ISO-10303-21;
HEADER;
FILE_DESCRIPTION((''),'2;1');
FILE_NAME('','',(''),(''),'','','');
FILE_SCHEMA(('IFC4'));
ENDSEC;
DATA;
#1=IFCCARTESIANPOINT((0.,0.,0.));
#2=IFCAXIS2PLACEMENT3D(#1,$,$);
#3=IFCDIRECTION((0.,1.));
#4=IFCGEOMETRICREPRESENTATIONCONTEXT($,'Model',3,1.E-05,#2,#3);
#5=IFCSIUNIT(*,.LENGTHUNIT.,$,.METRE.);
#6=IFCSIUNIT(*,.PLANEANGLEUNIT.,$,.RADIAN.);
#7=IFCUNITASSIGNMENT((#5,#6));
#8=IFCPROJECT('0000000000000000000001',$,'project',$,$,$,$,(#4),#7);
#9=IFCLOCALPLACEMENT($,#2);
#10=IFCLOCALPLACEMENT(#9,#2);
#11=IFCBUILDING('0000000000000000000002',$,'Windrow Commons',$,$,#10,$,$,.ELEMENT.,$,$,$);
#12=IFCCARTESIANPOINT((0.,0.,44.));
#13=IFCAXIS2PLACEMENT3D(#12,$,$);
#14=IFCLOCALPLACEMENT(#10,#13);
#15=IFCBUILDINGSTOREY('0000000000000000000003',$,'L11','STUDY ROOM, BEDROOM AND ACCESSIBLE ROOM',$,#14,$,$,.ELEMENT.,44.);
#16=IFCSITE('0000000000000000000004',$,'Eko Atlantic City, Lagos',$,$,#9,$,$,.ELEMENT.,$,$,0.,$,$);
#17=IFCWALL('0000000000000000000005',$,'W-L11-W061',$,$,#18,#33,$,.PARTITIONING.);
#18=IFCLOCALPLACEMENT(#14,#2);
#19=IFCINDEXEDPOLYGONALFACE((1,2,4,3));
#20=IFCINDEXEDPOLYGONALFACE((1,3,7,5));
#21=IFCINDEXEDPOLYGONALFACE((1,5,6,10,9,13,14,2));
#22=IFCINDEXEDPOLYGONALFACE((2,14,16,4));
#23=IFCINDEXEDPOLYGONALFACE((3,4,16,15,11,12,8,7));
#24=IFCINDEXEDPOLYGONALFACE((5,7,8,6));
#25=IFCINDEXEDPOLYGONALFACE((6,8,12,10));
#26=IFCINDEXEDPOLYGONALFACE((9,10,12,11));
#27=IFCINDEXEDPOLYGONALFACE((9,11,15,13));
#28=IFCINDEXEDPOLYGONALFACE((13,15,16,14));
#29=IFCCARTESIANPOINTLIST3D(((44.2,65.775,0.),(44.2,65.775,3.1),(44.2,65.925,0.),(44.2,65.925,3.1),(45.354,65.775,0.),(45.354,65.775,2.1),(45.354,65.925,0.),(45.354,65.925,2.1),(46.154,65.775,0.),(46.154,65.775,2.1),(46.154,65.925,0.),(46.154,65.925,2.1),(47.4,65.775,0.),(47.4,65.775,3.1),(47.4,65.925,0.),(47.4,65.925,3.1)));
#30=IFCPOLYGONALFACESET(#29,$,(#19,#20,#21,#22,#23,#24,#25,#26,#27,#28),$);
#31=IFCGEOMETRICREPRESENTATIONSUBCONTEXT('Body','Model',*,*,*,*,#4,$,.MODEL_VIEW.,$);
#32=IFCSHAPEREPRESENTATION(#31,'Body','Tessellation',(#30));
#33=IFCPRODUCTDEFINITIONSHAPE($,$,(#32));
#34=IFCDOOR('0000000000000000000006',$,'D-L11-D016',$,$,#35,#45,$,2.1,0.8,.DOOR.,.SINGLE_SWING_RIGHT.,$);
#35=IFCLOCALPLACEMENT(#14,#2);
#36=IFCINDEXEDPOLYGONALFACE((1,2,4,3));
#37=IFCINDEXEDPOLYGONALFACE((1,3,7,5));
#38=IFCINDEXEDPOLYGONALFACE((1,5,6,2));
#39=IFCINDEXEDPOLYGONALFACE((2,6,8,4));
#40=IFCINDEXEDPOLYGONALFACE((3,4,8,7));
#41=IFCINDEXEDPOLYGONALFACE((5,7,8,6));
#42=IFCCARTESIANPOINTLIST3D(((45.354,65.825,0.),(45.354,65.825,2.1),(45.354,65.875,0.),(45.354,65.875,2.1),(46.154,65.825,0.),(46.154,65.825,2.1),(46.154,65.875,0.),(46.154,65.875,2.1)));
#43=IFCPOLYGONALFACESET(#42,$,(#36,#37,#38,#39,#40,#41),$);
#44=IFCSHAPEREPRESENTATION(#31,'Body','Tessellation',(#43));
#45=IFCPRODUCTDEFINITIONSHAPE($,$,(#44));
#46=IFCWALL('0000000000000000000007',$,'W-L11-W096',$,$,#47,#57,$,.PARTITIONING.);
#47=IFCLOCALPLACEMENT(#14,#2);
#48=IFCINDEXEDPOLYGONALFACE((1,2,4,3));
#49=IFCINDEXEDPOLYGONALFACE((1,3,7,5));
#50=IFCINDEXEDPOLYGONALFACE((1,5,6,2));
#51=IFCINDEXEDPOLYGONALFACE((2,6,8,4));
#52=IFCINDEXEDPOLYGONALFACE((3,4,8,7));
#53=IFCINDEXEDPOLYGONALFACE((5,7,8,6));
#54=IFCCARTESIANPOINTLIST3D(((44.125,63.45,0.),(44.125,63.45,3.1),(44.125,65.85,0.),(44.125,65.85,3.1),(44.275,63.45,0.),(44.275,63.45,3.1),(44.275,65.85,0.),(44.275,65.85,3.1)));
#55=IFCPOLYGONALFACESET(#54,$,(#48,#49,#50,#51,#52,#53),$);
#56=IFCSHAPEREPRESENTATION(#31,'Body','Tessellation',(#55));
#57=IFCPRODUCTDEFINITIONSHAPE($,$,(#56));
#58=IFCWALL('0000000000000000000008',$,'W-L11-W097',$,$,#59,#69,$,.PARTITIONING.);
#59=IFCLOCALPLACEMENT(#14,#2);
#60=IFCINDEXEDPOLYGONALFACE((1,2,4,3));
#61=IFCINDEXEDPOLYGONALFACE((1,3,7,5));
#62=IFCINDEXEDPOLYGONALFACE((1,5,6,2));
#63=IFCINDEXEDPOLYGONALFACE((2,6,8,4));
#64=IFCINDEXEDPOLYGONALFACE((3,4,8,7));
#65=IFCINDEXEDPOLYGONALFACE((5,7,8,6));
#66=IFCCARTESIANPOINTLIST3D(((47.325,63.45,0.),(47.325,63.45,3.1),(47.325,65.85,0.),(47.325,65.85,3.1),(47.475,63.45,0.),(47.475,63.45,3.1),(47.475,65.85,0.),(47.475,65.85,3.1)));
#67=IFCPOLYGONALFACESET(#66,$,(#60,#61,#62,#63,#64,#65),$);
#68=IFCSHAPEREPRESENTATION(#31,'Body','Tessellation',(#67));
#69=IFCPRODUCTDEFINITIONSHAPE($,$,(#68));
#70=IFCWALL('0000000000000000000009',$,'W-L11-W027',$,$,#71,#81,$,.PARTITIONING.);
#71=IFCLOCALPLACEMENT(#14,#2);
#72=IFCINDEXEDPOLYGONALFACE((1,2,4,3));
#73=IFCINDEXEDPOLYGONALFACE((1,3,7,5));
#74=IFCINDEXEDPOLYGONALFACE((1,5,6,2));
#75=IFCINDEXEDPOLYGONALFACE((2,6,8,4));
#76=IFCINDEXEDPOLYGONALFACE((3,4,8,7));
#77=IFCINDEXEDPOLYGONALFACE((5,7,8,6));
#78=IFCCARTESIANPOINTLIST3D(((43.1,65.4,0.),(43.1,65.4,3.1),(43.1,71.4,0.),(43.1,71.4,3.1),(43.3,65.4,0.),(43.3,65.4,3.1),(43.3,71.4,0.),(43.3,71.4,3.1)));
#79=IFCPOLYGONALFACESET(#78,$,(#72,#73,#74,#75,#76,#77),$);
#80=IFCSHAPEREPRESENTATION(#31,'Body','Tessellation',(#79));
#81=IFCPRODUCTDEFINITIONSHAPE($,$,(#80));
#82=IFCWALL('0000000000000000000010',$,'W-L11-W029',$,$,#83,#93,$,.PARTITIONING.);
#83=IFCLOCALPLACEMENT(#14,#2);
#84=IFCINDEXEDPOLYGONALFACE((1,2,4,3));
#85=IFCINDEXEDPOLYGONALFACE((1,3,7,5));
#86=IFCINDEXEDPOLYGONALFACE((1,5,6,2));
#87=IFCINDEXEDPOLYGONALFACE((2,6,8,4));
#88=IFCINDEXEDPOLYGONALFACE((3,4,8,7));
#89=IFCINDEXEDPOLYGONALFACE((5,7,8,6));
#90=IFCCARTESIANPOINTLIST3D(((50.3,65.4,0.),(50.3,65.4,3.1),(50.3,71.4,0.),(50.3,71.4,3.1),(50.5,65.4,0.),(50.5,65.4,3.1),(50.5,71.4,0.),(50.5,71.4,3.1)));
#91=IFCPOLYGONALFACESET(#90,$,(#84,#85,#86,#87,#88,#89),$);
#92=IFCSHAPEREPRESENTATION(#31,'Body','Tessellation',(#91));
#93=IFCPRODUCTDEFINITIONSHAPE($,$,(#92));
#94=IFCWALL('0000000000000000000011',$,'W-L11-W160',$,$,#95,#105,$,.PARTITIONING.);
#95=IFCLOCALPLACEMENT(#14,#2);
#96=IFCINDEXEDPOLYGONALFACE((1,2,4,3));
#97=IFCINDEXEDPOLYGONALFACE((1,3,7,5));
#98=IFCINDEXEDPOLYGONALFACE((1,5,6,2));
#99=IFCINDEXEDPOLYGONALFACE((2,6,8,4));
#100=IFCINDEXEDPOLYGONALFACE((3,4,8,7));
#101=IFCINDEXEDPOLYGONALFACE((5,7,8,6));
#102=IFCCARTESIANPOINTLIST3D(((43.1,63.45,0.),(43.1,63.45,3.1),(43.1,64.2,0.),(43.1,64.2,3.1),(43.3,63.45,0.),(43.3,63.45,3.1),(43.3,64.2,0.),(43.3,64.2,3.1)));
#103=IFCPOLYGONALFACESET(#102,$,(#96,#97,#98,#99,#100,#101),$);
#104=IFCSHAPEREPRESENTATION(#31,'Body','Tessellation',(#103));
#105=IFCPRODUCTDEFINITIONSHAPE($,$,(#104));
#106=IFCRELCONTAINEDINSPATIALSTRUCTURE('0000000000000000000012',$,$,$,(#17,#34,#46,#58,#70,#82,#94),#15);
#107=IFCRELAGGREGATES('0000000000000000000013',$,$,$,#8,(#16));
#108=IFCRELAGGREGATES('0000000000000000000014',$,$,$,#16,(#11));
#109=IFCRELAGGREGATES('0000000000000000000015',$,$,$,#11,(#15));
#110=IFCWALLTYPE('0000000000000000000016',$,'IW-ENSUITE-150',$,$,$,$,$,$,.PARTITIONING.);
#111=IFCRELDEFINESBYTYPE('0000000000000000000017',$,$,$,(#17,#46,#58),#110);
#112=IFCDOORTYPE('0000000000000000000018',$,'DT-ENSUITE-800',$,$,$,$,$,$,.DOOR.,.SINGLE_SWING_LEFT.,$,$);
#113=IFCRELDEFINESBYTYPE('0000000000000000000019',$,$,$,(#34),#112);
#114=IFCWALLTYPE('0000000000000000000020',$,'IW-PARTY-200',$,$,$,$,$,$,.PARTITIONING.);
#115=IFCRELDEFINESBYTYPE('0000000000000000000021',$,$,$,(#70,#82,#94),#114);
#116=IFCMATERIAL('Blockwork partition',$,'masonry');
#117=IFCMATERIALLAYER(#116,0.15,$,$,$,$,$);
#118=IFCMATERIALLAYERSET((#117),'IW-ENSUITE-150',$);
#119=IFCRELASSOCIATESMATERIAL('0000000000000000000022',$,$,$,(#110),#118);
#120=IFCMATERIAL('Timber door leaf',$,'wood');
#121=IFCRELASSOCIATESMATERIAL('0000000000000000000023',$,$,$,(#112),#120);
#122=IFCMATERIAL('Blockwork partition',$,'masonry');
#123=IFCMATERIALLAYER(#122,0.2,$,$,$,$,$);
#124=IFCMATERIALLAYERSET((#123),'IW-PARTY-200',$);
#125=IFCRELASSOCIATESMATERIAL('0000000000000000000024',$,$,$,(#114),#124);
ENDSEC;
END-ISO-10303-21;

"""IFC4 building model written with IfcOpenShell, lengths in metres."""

from ifc_helpers import new_model, si_unit, direction, frame, frame_2d, origin, place, context, subcontext, project, spatial, rectangle, extrude, material, layer, layer_set, type_object, element, fill, save


model = new_model("IFC4")

# Units and contexts
model_context = context("Model", 3, precision=1e-05, world=origin(), true_north=direction((0.0, 1.0)))
body_context = subcontext(model_context, "Body", "Model", "MODEL_VIEW")
ifc_project = project(units=[si_unit("LENGTHUNIT", "METRE"), si_unit("PLANEANGLEUNIT", "RADIAN")], contexts=[model_context])

# Site, building, storey
site_placement = place(None, origin())
site = spatial("IfcSite", under=ifc_project, at=site_placement, Name="Eko Atlantic City, Lagos", CompositionType="ELEMENT", RefElevation=0.0)
building_placement = place(site_placement, origin())
building = spatial("IfcBuilding", under=site, at=building_placement, Name="Windrow Commons", CompositionType="ELEMENT")
storey_placement = place(building_placement, frame((0.0, 0.0, 44.0)))
storey = spatial("IfcBuildingStorey", under=building, at=storey_placement, Name="L11", Description="STUDY ROOM, BEDROOM AND ACCESSIBLE ROOM", CompositionType="ELEMENT", Elevation=44.0)

# Wall, opening, door
ifc_material_1 = material(Name="Blockwork partition", Category="masonry")
ifc_layer_1 = layer(ifc_material_1, 0.15)
ifc_layer_set_1 = layer_set([ifc_layer_1], Name="IW-ENSUITE-150")
wall_type_1 = type_object("IfcWallType", Name="IW-ENSUITE-150", PredefinedType="PARTITIONING", material=ifc_layer_set_1)
wall_1_placement = place(storey_placement, frame((44.2, 65.85, 0.0), z_axis=(0.0, 0.0, 1.0), x_axis=(1.0, 0.0, 0.0)))
wall_1 = element("IfcWall", 1, at=wall_1_placement, inside=storey, type_object=wall_type_1, Name="W-L11-W061", PredefinedType="PARTITIONING", context=body_context, shape_type="SweptSolid", body=[
    extrude(rectangle(XDim=3.2, YDim=0.15, at=frame_2d((1.6, 0.0))), origin(), (0.0, 0.0, 1.0), 3.1),
])
opening_1_placement = place(wall_1_placement, frame((1.154, 0.0, 0.0)))
opening_1 = element("IfcOpeningElement", 2, at=opening_1_placement, cuts=wall_1, PredefinedType="OPENING", context=body_context, shape_type="SweptSolid", body=[
    extrude(rectangle(XDim=0.8, YDim=2.1, at=frame_2d((0.4, 1.05))), frame((0.0, 0.085, 0.0), z_axis=(0.0, -1.0, 0.0), x_axis=(1.0, 0.0, 0.0)), (0.0, 0.0, 1.0), 0.17),
])
ifc_material_2 = material(Name="Timber door leaf", Category="wood")
door_type = type_object("IfcDoorType", Name="DT-ENSUITE-800", OperationType="SINGLE_SWING_LEFT", PredefinedType="DOOR", material=ifc_material_2)
door_placement = place(opening_1_placement, origin())
door = element("IfcDoor", 3, at=door_placement, inside=storey, type_object=door_type, Name="D-L11-D016", OperationType="SINGLE_SWING_RIGHT", OverallHeight=2.1, OverallWidth=0.8, PredefinedType="DOOR", context=body_context, shape_type="SweptSolid", body=[
    extrude(rectangle(XDim=0.8, YDim=2.1, at=frame_2d((0.4, 1.05))), frame((0.0, 0.025, 0.0), z_axis=(0.0, -1.0, 0.0), x_axis=(1.0, 0.0, 0.0)), (0.0, 0.0, 1.0), 0.05),
])
fill(opening_1, door)

# Walls
for number, where, z_axis, x_axis, name in (
    (4, (44.2, 63.45, 0.0), (0.0, 0.0, 1.0), (0.0, 1.0, 0.0), "W-L11-W096"),
    (5, (47.4, 63.45, 0.0), (0.0, 0.0, 1.0), (0.0, 1.0, 0.0), "W-L11-W097"),
):
    element("IfcWall", number, at=place(storey_placement, frame(where, z_axis=z_axis, x_axis=x_axis)), inside=storey, type_object=wall_type_1, Name=name, PredefinedType="PARTITIONING", context=body_context, shape_type="SweptSolid", body=[
        extrude(rectangle(XDim=2.4, YDim=0.15, at=frame_2d((1.2, 0.0))), origin(), (0.0, 0.0, 1.0), 3.1),
    ])
ifc_material_3 = material(Name="Blockwork partition", Category="masonry")
ifc_layer_2 = layer(ifc_material_3, 0.2)
ifc_layer_set_2 = layer_set([ifc_layer_2], Name="IW-PARTY-200")
wall_type_2 = type_object("IfcWallType", Name="IW-PARTY-200", PredefinedType="PARTITIONING", material=ifc_layer_set_2)
for number, where, z_axis, x_axis, name in (
    (6, (43.2, 65.4, 0.0), (0.0, 0.0, 1.0), (0.0, 1.0, 0.0), "W-L11-W027"),
    (7, (50.4, 65.4, 0.0), (0.0, 0.0, 1.0), (0.0, 1.0, 0.0), "W-L11-W029"),
):
    element("IfcWall", number, at=place(storey_placement, frame(where, z_axis=z_axis, x_axis=x_axis)), inside=storey, type_object=wall_type_2, Name=name, PredefinedType="PARTITIONING", context=body_context, shape_type="SweptSolid", body=[
        extrude(rectangle(XDim=6.0, YDim=0.2, at=frame_2d((3.0, 0.0))), origin(), (0.0, 0.0, 1.0), 3.1),
    ])
wall_2_placement = place(storey_placement, frame((43.2, 63.45, 0.0), z_axis=(0.0, 0.0, 1.0), x_axis=(0.0, 1.0, 0.0)))
element("IfcWall", 8, at=wall_2_placement, inside=storey, type_object=wall_type_2, Name="W-L11-W160", PredefinedType="PARTITIONING", context=body_context, shape_type="SweptSolid", body=[
    extrude(rectangle(XDim=0.75, YDim=0.2, at=frame_2d((0.375, 0.0))), origin(), (0.0, 0.0, 1.0), 3.1),
])

save(model, "model.ifc")
